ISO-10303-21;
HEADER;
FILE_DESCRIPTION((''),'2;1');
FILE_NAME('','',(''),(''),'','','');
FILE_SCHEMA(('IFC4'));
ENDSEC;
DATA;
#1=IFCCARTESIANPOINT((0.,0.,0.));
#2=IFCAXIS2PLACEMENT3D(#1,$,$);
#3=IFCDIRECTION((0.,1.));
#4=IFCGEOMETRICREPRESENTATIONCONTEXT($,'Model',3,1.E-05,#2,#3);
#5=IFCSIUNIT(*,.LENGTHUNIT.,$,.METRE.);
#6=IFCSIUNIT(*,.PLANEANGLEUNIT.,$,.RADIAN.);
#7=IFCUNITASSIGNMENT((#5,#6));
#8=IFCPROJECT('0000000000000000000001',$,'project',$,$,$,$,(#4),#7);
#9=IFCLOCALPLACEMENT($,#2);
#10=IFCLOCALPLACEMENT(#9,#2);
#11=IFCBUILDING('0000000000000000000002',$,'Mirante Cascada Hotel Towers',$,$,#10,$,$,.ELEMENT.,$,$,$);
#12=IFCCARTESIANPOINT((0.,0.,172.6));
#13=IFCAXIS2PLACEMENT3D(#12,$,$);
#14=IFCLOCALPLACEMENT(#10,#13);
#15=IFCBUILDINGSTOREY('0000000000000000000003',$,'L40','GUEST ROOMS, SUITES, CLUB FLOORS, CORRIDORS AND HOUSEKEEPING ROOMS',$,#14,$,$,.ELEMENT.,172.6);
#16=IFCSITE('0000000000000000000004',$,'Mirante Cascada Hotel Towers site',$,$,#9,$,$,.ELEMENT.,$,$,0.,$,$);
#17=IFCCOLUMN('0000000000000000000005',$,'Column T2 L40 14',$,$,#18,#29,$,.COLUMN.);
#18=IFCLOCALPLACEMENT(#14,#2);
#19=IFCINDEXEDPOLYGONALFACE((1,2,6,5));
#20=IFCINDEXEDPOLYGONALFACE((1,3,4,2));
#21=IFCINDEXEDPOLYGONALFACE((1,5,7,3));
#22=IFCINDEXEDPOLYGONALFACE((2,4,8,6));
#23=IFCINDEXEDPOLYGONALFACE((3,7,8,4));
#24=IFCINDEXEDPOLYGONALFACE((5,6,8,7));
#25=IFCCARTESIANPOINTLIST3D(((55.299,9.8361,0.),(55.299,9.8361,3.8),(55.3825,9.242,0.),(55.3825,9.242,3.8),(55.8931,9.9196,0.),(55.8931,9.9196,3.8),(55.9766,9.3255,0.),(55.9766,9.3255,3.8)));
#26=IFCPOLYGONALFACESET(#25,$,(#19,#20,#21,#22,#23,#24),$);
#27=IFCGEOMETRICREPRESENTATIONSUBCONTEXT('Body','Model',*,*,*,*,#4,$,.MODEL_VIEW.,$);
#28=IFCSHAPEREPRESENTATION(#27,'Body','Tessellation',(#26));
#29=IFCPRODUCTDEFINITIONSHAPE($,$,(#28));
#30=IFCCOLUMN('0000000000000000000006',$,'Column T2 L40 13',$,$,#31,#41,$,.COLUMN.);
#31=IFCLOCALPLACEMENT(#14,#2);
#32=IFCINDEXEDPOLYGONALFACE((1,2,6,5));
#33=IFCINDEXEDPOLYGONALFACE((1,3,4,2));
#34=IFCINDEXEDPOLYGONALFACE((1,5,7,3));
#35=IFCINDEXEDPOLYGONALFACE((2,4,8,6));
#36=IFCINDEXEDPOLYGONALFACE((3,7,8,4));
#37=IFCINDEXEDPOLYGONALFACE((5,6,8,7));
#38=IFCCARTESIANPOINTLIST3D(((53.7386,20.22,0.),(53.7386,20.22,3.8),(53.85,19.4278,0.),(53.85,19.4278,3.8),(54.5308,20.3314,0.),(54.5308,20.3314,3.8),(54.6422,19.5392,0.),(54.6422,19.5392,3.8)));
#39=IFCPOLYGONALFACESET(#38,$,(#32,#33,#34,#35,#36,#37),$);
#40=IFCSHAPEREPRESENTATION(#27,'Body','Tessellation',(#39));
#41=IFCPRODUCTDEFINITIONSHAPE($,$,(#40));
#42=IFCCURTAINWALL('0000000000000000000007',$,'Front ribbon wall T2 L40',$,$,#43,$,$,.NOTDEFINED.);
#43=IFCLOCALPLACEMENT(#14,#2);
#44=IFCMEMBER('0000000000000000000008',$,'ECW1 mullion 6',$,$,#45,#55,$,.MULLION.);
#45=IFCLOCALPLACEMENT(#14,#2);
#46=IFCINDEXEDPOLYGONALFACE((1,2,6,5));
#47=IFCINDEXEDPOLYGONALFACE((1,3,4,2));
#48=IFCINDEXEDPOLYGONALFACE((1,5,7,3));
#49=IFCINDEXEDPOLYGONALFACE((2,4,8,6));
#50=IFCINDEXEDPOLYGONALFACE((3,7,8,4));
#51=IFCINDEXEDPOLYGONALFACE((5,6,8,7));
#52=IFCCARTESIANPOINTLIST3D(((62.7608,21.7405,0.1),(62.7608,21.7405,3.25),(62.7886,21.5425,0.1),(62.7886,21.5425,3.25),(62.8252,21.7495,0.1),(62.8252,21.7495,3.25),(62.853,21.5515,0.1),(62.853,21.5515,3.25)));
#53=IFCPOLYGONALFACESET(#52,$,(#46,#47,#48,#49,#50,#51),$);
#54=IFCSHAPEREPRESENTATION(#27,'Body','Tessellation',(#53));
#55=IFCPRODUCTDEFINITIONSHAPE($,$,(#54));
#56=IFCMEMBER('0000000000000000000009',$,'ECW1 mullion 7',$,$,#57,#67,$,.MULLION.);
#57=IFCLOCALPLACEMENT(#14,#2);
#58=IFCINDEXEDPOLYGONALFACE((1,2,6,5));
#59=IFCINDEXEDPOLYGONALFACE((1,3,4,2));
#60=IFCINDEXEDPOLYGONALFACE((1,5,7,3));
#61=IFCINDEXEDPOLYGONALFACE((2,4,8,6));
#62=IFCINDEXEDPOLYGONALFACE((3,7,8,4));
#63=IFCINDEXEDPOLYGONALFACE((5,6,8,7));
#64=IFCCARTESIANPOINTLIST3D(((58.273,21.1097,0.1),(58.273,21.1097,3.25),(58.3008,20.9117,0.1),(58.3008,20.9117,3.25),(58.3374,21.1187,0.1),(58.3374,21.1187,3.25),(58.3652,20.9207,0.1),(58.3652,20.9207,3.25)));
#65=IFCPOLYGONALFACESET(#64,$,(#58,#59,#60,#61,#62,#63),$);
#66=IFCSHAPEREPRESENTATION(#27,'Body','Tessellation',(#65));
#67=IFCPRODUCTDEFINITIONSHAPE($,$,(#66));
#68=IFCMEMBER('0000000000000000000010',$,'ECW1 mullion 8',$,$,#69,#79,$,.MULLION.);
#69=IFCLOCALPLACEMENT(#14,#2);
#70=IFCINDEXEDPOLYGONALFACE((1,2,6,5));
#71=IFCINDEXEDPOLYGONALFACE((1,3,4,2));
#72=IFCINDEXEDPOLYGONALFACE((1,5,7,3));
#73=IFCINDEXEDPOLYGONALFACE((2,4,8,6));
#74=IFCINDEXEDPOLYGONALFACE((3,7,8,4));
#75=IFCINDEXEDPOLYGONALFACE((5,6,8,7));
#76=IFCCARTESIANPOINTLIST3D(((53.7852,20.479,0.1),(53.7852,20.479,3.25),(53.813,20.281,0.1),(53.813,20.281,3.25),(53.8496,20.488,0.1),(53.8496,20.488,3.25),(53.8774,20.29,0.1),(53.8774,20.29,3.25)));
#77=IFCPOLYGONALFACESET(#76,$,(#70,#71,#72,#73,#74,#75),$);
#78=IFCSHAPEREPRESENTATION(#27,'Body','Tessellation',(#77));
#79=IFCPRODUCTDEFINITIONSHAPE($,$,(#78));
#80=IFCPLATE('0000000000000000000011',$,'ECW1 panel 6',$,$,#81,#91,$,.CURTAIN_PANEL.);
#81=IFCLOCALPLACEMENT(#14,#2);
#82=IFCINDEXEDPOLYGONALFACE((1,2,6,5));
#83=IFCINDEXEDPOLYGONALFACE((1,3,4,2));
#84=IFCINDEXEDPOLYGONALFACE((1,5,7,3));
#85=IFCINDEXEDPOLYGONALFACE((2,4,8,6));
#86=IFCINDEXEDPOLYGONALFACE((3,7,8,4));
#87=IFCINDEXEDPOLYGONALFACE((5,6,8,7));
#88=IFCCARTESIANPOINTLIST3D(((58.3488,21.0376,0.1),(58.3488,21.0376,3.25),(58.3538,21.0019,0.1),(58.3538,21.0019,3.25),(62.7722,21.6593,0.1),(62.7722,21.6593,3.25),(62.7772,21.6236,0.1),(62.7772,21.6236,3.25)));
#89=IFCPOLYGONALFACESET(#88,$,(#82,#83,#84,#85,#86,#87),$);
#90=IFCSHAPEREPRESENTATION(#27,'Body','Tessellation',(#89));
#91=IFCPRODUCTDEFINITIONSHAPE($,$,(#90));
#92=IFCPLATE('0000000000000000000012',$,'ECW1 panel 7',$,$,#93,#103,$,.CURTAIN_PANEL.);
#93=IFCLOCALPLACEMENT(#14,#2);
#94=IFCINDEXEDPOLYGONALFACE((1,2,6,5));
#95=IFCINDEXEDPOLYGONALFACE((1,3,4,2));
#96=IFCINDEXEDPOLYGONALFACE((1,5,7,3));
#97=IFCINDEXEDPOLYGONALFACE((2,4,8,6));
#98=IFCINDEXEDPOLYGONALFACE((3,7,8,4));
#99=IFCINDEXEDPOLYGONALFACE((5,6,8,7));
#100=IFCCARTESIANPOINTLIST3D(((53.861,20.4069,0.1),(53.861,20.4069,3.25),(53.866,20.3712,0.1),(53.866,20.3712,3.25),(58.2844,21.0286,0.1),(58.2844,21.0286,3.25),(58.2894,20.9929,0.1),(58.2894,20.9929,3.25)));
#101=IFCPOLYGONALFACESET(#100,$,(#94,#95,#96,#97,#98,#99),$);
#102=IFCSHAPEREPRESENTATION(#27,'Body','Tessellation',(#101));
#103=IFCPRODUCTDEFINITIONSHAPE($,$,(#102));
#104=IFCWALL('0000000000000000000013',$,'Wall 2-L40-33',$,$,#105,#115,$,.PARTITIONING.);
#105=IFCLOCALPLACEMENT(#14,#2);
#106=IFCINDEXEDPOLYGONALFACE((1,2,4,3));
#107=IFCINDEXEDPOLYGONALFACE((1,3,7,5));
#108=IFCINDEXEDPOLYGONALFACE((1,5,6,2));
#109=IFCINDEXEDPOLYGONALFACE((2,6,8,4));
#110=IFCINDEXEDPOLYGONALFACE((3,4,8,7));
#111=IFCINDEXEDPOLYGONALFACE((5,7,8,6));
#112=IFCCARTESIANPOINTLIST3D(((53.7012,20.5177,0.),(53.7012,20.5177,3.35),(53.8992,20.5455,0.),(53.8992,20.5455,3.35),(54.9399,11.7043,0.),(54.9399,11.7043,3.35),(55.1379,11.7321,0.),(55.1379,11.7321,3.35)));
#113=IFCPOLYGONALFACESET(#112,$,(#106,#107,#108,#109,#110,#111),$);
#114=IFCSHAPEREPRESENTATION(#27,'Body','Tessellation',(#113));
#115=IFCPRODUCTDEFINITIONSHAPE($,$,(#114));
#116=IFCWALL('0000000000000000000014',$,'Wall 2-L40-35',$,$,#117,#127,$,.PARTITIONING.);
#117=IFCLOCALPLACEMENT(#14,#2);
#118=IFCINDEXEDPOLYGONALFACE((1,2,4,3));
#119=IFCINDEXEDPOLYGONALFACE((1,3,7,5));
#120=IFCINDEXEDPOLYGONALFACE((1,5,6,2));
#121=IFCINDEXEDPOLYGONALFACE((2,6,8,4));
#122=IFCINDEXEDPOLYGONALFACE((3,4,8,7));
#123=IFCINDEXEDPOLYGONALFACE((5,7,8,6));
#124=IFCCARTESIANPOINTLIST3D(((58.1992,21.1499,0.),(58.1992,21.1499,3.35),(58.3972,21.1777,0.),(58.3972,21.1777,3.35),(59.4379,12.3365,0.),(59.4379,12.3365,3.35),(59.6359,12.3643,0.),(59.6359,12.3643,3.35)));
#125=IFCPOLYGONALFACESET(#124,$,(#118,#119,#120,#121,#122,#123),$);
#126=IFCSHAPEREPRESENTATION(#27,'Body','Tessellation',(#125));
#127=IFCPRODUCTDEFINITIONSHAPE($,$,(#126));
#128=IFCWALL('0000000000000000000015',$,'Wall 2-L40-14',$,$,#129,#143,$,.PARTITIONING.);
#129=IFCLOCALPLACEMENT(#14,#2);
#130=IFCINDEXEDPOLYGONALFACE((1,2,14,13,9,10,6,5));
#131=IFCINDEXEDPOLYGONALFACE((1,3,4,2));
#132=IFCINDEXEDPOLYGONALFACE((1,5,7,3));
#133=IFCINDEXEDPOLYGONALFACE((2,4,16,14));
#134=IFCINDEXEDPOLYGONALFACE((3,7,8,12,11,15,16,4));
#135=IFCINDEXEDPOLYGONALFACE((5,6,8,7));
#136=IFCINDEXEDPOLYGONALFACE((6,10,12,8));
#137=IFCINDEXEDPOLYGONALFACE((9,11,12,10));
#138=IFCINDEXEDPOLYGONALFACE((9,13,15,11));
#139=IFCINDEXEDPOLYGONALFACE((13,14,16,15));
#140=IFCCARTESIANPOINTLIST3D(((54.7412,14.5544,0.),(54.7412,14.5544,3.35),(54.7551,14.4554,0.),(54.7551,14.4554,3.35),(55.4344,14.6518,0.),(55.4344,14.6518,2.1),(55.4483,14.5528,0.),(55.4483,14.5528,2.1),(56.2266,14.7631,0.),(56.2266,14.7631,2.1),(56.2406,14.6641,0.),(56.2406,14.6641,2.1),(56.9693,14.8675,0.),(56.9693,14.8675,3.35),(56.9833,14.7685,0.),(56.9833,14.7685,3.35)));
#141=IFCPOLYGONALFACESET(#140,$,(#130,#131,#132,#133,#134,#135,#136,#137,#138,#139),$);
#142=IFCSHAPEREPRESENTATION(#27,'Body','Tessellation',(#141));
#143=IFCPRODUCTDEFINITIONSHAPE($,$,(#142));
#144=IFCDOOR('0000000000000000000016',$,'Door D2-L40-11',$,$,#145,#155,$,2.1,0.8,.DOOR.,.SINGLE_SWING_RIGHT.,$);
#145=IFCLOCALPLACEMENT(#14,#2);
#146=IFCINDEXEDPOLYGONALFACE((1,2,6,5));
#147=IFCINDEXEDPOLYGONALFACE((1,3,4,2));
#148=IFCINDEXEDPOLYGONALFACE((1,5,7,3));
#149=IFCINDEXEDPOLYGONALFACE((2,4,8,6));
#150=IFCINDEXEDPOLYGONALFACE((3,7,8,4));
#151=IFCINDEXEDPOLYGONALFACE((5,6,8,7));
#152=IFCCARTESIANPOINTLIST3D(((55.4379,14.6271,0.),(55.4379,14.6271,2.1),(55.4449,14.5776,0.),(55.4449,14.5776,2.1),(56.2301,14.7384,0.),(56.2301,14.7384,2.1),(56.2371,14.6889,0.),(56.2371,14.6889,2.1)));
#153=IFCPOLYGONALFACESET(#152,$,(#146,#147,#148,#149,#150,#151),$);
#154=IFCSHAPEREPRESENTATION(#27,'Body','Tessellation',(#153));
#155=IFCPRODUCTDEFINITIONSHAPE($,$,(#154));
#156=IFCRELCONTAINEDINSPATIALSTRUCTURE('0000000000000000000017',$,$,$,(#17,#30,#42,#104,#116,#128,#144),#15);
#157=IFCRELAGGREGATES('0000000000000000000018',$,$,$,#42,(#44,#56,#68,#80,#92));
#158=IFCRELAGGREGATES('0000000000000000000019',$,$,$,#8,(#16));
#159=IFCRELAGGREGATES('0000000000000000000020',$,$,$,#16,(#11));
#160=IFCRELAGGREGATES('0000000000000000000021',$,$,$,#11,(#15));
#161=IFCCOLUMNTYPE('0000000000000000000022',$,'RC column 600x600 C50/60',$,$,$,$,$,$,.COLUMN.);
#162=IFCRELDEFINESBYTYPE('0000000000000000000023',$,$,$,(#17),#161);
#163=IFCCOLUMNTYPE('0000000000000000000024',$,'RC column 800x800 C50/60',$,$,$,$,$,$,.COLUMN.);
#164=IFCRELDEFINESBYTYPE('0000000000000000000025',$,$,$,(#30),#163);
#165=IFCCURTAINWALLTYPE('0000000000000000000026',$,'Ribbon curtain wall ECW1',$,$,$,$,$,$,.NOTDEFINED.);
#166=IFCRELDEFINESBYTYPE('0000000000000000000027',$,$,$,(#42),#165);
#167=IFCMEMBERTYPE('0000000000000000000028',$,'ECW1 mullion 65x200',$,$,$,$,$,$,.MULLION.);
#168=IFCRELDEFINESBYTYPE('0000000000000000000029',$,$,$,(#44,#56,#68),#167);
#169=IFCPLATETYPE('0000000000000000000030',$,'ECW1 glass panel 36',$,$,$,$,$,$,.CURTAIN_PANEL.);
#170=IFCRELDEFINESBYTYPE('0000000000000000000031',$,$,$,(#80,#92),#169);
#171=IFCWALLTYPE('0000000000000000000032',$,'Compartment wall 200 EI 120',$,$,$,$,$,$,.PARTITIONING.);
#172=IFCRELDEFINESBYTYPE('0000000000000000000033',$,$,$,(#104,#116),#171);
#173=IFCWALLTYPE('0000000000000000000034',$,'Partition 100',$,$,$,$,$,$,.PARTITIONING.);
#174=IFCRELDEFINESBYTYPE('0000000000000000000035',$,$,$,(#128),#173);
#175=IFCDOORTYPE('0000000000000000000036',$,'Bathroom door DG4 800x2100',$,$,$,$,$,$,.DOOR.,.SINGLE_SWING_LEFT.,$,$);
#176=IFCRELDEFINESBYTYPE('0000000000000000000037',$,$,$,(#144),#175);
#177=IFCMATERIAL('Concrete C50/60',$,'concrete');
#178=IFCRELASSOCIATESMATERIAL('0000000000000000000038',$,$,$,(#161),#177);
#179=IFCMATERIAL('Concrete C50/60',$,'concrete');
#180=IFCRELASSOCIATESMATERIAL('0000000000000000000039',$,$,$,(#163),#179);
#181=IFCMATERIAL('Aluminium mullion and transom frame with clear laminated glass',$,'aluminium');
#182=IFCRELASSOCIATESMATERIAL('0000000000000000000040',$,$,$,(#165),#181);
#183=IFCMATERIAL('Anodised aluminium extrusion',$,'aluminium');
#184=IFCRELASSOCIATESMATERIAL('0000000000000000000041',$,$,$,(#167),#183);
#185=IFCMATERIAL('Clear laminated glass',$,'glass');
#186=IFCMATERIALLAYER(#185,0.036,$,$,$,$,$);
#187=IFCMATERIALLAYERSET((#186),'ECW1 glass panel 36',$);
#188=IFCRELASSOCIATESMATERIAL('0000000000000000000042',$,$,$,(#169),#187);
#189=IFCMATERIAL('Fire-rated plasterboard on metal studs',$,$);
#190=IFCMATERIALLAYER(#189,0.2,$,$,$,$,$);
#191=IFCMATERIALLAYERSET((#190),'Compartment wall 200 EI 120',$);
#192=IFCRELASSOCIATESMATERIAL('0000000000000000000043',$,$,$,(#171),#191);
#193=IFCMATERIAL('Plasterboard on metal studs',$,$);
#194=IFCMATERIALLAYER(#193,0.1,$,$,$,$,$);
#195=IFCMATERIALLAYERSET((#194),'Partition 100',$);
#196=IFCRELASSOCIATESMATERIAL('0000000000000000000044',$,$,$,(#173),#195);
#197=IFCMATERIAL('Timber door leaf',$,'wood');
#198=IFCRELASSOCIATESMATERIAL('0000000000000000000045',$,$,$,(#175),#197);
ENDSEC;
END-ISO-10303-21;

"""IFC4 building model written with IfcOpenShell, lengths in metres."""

from ifc_helpers import new_model, si_unit, direction, frame, frame_2d, origin, origin_2d, place, context, subcontext, project, spatial, rectangle, extrude, material, layer, layer_set, material_profile, profile_set, type_object, element, fill, aggregate, save


model = new_model("IFC4")

# Units and contexts
model_context = context("Model", 3, precision=1e-05, world=origin(), true_north=direction((0.0, 1.0)))
body_context = subcontext(model_context, "Body", "Model", "MODEL_VIEW")
ifc_project = project(units=[si_unit("LENGTHUNIT", "METRE"), si_unit("PLANEANGLEUNIT", "RADIAN")], contexts=[model_context])

# Site, building, storey
site_placement = place(None, origin())
site = spatial("IfcSite", under=ifc_project, at=site_placement, Name="Mirante Cascada Hotel Towers site", CompositionType="ELEMENT", RefElevation=0.0)
building_placement = place(site_placement, origin())
building = spatial("IfcBuilding", under=site, at=building_placement, Name="Mirante Cascada Hotel Towers", CompositionType="ELEMENT")
storey_placement = place(building_placement, frame((0.0, 0.0, 172.6)))
storey = spatial("IfcBuildingStorey", under=building, at=storey_placement, Name="L40", Description="GUEST ROOMS, SUITES, CLUB FLOORS, CORRIDORS AND HOUSEKEEPING ROOMS", CompositionType="ELEMENT", Elevation=172.6)

# Columns
ifc_material_1 = material(Name="Concrete C50/60", Category="concrete")
ifc_material_profile_1 = material_profile(ifc_material_1, rectangle(XDim=0.6, YDim=0.6, at=origin_2d()), Name="RC column 600x600 C50/60")
ifc_profile_set_1 = profile_set([ifc_material_profile_1], Name="Concrete C50/60")
column_type_1 = type_object("IfcColumnType", Name="RC column 600x600 C50/60", PredefinedType="COLUMN", material=ifc_profile_set_1)
column_1_placement = place(storey_placement, frame((55.6378, 9.5808, 0.0), z_axis=(0.0, 0.0, 1.0), x_axis=(0.990268, 0.139173, 0.0)))
element("IfcColumn", 1, at=column_1_placement, inside=storey, type_object=column_type_1, Name="Column T2 L40 14", PredefinedType="COLUMN", context=body_context, shape_type="SweptSolid", body=[
    extrude(rectangle(XDim=0.6, YDim=0.6, at=origin_2d()), origin(), (0.0, 0.0, 1.0), 3.8),
])
ifc_material_2 = material(Name="Concrete C50/60", Category="concrete")
ifc_material_profile_2 = material_profile(ifc_material_2, rectangle(XDim=0.8, YDim=0.8, at=origin_2d()), Name="RC column 800x800 C50/60")
ifc_profile_set_2 = profile_set([ifc_material_profile_2], Name="Concrete C50/60")
column_type_2 = type_object("IfcColumnType", Name="RC column 800x800 C50/60", PredefinedType="COLUMN", material=ifc_profile_set_2)
column_2_placement = place(storey_placement, frame((54.1904, 19.8796, 0.0), z_axis=(0.0, 0.0, 1.0), x_axis=(0.990268, 0.139173, 0.0)))
element("IfcColumn", 2, at=column_2_placement, inside=storey, type_object=column_type_2, Name="Column T2 L40 13", PredefinedType="COLUMN", context=body_context, shape_type="SweptSolid", body=[
    extrude(rectangle(XDim=0.8, YDim=0.8, at=origin_2d()), origin(), (0.0, 0.0, 1.0), 3.8),
])

# Curtain wall, members, plates
ifc_material_3 = material(Name="Aluminium mullion and transom frame with clear laminated glass", Category="aluminium")
curtain_wall_type = type_object("IfcCurtainWallType", Name="Ribbon curtain wall ECW1", PredefinedType="NOTDEFINED", material=ifc_material_3)
curtain_wall_placement = place(storey_placement, origin())
curtain_wall = element("IfcCurtainWall", 3, at=curtain_wall_placement, inside=storey, type_object=curtain_wall_type, Name="Front ribbon wall T2 L40", PredefinedType="NOTDEFINED")
ifc_material_4 = material(Name="Anodised aluminium extrusion", Category="aluminium")
ifc_material_profile_3 = material_profile(ifc_material_4, rectangle(XDim=0.2, YDim=0.065, at=origin_2d()), Name="ECW1 MULLION 65x200")
ifc_profile_set_3 = profile_set([ifc_material_profile_3], Name="Anodised aluminium extrusion")
member_type = type_object("IfcMemberType", Name="ECW1 mullion 65x200", PredefinedType="MULLION", material=ifc_profile_set_3)
member_1_placement = place(storey_placement, frame((62.8069, 21.646, 0.1), z_axis=(0.0, 0.0, 1.0), x_axis=(0.139173, -0.990268, 0.0)))
member_1 = element("IfcMember", 4, at=member_1_placement, type_object=member_type, Name="ECW1 mullion 6", PredefinedType="MULLION", context=body_context, shape_type="SweptSolid", body=[
    extrude(rectangle(XDim=0.2, YDim=0.065, at=origin_2d()), origin(), (0.0, 0.0, 1.0), 3.15),
])
member_2_placement = place(storey_placement, frame((58.3191, 21.0152, 0.1), z_axis=(0.0, 0.0, 1.0), x_axis=(0.139173, -0.990268, 0.0)))
member_2 = element("IfcMember", 5, at=member_2_placement, type_object=member_type, Name="ECW1 mullion 7", PredefinedType="MULLION", context=body_context, shape_type="SweptSolid", body=[
    extrude(rectangle(XDim=0.2, YDim=0.065, at=origin_2d()), origin(), (0.0, 0.0, 1.0), 3.15),
])
member_3_placement = place(storey_placement, frame((53.8313, 20.3845, 0.1), z_axis=(0.0, 0.0, 1.0), x_axis=(0.139173, -0.990268, 0.0)))
member_3 = element("IfcMember", 6, at=member_3_placement, type_object=member_type, Name="ECW1 mullion 8", PredefinedType="MULLION", context=body_context, shape_type="SweptSolid", body=[
    extrude(rectangle(XDim=0.2, YDim=0.065, at=origin_2d()), origin(), (0.0, 0.0, 1.0), 3.15),
])
ifc_material_5 = material(Name="Clear laminated glass", Category="glass")
ifc_layer_1 = layer(ifc_material_5, 0.036)
ifc_layer_set_1 = layer_set([ifc_layer_1], Name="ECW1 glass panel 36")
plate_type = type_object("IfcPlateType", Name="ECW1 glass panel 36", PredefinedType="CURTAIN_PANEL", material=ifc_layer_set_1)
plate_1_placement = place(storey_placement, frame((60.563, 21.3306, 0.1), z_axis=(0.0, 0.0, 1.0), x_axis=(-0.990268, -0.139173, 0.0)))
plate_1 = element("IfcPlate", 7, at=plate_1_placement, type_object=plate_type, Name="ECW1 panel 6", PredefinedType="CURTAIN_PANEL", context=body_context, shape_type="SweptSolid", body=[
    extrude(rectangle(XDim=4.4669, YDim=0.036, at=origin_2d()), origin(), (0.0, 0.0, 1.0), 3.15),
])
plate_2_placement = place(storey_placement, frame((56.0752, 20.6999, 0.1), z_axis=(0.0, 0.0, 1.0), x_axis=(-0.990268, -0.139173, 0.0)))
plate_2 = element("IfcPlate", 8, at=plate_2_placement, type_object=plate_type, Name="ECW1 panel 7", PredefinedType="CURTAIN_PANEL", context=body_context, shape_type="SweptSolid", body=[
    extrude(rectangle(XDim=4.4669, YDim=0.036, at=origin_2d()), origin(), (0.0, 0.0, 1.0), 3.15),
])
aggregate(curtain_wall, [member_1, member_2, member_3, plate_1, plate_2])

# Walls
ifc_material_6 = material(Name="Fire-rated plasterboard on metal studs")
ifc_layer_2 = layer(ifc_material_6, 0.2)
ifc_layer_set_2 = layer_set([ifc_layer_2], Name="Compartment wall 200 EI 120")
wall_type_1 = type_object("IfcWallType", Name="Compartment wall 200 EI 120", PredefinedType="PARTITIONING", material=ifc_layer_set_2)
for number, where, z_axis, x_axis, name in (
    (9, (55.0389, 11.7182, 0.0), (0.0, 0.0, 1.0), (-0.139179, 0.990267, 0.0), "Wall 2-L40-33"),
    (10, (59.5369, 12.3504, 0.0), (0.0, 0.0, 1.0), (-0.139179, 0.990267, 0.0), "Wall 2-L40-35"),
):
    element("IfcWall", number, at=place(storey_placement, frame(where, z_axis=z_axis, x_axis=x_axis)), inside=storey, type_object=wall_type_1, Name=name, PredefinedType="PARTITIONING", context=body_context, shape_type="SweptSolid", body=[
        extrude(rectangle(XDim=8.9, YDim=0.2, at=frame_2d((4.45, 0.0))), origin(), (0.0, 0.0, 1.0), 3.35),
    ])

# Wall, opening, door
ifc_material_7 = material(Name="Plasterboard on metal studs")
ifc_layer_3 = layer(ifc_material_7, 0.1)
ifc_layer_set_3 = layer_set([ifc_layer_3], Name="Partition 100")
wall_type_2 = type_object("IfcWallType", Name="Partition 100", PredefinedType="PARTITIONING", material=ifc_layer_set_3)
wall_1_placement = place(storey_placement, frame((56.9763, 14.818, 0.0), z_axis=(0.0, 0.0, 1.0), x_axis=(-0.990271, -0.139156, 0.0)))
wall_1 = element("IfcWall", 11, at=wall_1_placement, inside=storey, type_object=wall_type_2, Name="Wall 2-L40-14", PredefinedType="PARTITIONING", context=body_context, shape_type="SweptSolid", body=[
    extrude(rectangle(XDim=2.25, YDim=0.1, at=frame_2d((1.125, 0.0))), origin(), (0.0, 0.0, 1.0), 3.35),
])
opening_1_placement = place(wall_1_placement, frame((0.75, 0.0, 0.0)))
opening_1 = element("IfcOpeningElement", 12, at=opening_1_placement, cuts=wall_1, PredefinedType="OPENING", context=body_context, shape_type="SweptSolid", body=[
    extrude(rectangle(XDim=0.8, YDim=2.1, at=frame_2d((0.4, 1.05))), frame((0.0, 0.05, 0.0), z_axis=(0.0, -1.0, 0.0), x_axis=(1.0, 0.0, 0.0)), (0.0, 0.0, 1.0), 0.1),
])
ifc_material_8 = material(Name="Timber door leaf", Category="wood")
door_type_1 = type_object("IfcDoorType", Name="Bathroom door DG4 800x2100", OperationType="SINGLE_SWING_LEFT", PredefinedType="DOOR", material=ifc_material_8)
door_1_placement = place(opening_1_placement, frame((0.8, 0.0, 0.0), z_axis=(0.0, 0.0, 1.0), x_axis=(-1.0, 0.0, 0.0)))
door_1 = element("IfcDoor", 13, at=door_1_placement, inside=storey, type_object=door_type_1, Name="Door D2-L40-11", OperationType="SINGLE_SWING_RIGHT", OverallHeight=2.1, OverallWidth=0.8, PredefinedType="DOOR", context=body_context, shape_type="SweptSolid", body=[
    extrude(rectangle(XDim=0.8, YDim=2.1, at=frame_2d((0.4, 1.05))), frame((0.0, 0.025, 0.0), z_axis=(0.0, -1.0, 0.0), x_axis=(1.0, 0.0, 0.0)), (0.0, 0.0, 1.0), 0.05),
])
fill(opening_1, door_1)

save(model, "model.ifc")
